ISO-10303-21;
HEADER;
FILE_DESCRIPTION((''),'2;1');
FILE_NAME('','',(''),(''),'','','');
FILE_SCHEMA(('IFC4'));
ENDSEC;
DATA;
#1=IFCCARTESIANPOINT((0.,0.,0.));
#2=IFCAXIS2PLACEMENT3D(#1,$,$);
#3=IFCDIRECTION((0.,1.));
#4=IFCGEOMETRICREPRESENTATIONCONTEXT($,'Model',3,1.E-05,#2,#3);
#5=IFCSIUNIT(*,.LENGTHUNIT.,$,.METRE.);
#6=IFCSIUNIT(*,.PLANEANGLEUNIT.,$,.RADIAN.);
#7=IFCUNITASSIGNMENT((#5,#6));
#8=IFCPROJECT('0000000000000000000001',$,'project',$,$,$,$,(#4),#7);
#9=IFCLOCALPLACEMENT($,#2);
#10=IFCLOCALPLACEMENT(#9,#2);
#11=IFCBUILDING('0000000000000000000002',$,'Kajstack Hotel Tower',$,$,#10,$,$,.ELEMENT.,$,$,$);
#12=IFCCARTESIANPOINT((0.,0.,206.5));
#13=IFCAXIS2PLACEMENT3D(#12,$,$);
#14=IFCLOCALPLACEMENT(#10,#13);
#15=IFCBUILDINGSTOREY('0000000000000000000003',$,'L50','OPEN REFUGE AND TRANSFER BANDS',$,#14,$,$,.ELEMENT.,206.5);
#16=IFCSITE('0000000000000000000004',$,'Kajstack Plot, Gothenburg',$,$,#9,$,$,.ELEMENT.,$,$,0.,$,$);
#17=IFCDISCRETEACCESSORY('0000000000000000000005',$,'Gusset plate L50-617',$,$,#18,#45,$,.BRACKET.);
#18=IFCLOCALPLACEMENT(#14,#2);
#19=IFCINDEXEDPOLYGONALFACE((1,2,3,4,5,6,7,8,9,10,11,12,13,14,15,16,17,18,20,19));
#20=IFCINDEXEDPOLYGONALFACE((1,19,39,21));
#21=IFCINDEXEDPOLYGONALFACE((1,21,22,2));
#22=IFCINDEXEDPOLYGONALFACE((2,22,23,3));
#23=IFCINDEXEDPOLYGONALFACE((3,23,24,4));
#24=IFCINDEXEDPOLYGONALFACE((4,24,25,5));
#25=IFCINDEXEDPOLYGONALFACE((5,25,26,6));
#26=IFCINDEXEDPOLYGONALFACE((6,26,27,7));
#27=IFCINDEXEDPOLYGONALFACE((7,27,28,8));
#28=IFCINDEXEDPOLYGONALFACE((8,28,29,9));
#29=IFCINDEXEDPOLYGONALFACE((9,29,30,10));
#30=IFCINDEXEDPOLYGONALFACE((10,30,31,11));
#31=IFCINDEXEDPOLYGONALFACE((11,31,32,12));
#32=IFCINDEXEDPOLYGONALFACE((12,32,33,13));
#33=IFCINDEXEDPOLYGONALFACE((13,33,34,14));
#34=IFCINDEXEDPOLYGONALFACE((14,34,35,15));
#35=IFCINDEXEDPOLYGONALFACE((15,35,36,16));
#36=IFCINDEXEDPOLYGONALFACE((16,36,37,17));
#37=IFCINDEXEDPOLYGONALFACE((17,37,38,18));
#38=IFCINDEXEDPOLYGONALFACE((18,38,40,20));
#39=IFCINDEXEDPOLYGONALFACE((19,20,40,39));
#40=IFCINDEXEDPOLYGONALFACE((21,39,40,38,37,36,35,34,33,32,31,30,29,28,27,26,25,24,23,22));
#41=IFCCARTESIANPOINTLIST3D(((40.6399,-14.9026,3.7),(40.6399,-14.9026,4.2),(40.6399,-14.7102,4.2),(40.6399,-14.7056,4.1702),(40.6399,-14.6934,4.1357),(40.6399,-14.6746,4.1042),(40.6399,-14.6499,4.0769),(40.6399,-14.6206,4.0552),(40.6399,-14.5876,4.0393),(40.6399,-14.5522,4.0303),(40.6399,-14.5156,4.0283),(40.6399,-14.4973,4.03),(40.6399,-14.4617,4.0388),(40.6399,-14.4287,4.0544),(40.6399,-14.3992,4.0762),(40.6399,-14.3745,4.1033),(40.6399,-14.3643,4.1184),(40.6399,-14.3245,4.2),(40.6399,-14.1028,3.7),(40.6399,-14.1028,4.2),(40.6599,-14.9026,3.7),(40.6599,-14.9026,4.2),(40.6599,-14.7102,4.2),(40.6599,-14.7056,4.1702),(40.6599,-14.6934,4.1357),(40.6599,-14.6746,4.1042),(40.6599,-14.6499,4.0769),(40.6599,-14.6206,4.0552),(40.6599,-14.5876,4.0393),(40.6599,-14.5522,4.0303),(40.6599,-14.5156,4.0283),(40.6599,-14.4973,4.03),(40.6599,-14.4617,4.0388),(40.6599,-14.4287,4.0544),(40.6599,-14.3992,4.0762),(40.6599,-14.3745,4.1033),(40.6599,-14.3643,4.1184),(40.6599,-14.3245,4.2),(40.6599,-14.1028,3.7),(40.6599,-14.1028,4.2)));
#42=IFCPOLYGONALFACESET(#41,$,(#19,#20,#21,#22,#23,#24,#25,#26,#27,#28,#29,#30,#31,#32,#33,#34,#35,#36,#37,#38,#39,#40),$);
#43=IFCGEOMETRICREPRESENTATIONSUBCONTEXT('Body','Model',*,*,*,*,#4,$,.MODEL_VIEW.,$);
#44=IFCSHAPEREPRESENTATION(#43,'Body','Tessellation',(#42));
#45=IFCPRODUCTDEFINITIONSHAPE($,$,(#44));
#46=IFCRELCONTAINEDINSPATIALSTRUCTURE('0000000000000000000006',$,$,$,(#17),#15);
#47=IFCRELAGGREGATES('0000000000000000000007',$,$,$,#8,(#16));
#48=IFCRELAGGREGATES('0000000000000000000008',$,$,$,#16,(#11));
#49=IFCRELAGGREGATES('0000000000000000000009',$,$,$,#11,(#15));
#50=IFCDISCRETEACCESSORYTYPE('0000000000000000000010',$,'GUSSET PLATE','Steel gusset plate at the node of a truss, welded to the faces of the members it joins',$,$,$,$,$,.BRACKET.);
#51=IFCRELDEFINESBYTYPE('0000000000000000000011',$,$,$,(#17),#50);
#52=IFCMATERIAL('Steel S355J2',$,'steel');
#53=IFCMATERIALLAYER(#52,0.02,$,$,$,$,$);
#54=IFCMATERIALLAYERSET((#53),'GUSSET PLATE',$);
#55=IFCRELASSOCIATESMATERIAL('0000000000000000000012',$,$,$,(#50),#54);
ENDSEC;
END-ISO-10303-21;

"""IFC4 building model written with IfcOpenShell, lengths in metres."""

from ifc_helpers import new_model, si_unit, direction, frame, origin, place, context, subcontext, project, spatial, polyline, outline, extrude, material, layer, layer_set, type_object, element, save


model = new_model("IFC4")

# Units and contexts
model_context = context("Model", 3, precision=1e-05, world=origin(), true_north=direction((0.0, 1.0)))
body_context = subcontext(model_context, "Body", "Model", "MODEL_VIEW")
ifc_project = project(units=[si_unit("LENGTHUNIT", "METRE"), si_unit("PLANEANGLEUNIT", "RADIAN")], contexts=[model_context])

# Site, building, storey
site_placement = place(None, origin())
site = spatial("IfcSite", under=ifc_project, at=site_placement, Name="Kajstack Plot, Gothenburg", CompositionType="ELEMENT", RefElevation=0.0)
building_placement = place(site_placement, origin())
building = spatial("IfcBuilding", under=site, at=building_placement, Name="Kajstack Hotel Tower", CompositionType="ELEMENT")
storey_placement = place(building_placement, frame((0.0, 0.0, 206.5)))
storey = spatial("IfcBuildingStorey", under=building, at=storey_placement, Name="L50", Description="OPEN REFUGE AND TRANSFER BANDS", CompositionType="ELEMENT", Elevation=206.5)

# Shared definitions
ifc_material = material(Name="Steel S355J2", Category="steel")

# Discrete accessory
ifc_layer_1 = layer(ifc_material, 0.02)
ifc_layer_set_1 = layer_set([ifc_layer_1], Name="GUSSET PLATE")
discrete_accessory_type_1 = type_object("IfcDiscreteAccessoryType", Name="GUSSET PLATE", Description="Steel gusset plate at the node of a truss, welded to the faces of the members it joins", PredefinedType="BRACKET", material=ifc_layer_set_1)
discrete_accessory_1_placement = place(storey_placement, frame((40.6399, -14.5027, 3.7), z_axis=(1.0, 0.0, 0.0), x_axis=(0.0, 1.0, 0.0)))
element("IfcDiscreteAccessory", 1, at=discrete_accessory_1_placement, inside=storey, type_object=discrete_accessory_type_1, Name="Gusset plate L50-617", PredefinedType="BRACKET", context=body_context, shape_type="SweptSolid", body=[
    extrude(outline(polyline([(0.3999, 0.5), (0.1782, 0.5), (0.1384, 0.4185), (0.1282, 0.4033), (0.1035, 0.3762), (0.074, 0.3545), (0.041, 0.3389), (0.0054, 0.3301), (-0.0129, 0.3284), (-0.0496, 0.3303), (-0.085, 0.3394), (-0.1179, 0.3552), (-0.1472, 0.377), (-0.1719, 0.4043), (-0.1907, 0.4358), (-0.2029, 0.4702), (-0.2075, 0.5), (-0.3999, 0.5), (-0.3999, 0.0), (0.3999, 0.0), (0.3999, 0.5)])), origin(), (0.0, 0.0, 1.0), 0.02),
])

save(model, "model.ifc")
